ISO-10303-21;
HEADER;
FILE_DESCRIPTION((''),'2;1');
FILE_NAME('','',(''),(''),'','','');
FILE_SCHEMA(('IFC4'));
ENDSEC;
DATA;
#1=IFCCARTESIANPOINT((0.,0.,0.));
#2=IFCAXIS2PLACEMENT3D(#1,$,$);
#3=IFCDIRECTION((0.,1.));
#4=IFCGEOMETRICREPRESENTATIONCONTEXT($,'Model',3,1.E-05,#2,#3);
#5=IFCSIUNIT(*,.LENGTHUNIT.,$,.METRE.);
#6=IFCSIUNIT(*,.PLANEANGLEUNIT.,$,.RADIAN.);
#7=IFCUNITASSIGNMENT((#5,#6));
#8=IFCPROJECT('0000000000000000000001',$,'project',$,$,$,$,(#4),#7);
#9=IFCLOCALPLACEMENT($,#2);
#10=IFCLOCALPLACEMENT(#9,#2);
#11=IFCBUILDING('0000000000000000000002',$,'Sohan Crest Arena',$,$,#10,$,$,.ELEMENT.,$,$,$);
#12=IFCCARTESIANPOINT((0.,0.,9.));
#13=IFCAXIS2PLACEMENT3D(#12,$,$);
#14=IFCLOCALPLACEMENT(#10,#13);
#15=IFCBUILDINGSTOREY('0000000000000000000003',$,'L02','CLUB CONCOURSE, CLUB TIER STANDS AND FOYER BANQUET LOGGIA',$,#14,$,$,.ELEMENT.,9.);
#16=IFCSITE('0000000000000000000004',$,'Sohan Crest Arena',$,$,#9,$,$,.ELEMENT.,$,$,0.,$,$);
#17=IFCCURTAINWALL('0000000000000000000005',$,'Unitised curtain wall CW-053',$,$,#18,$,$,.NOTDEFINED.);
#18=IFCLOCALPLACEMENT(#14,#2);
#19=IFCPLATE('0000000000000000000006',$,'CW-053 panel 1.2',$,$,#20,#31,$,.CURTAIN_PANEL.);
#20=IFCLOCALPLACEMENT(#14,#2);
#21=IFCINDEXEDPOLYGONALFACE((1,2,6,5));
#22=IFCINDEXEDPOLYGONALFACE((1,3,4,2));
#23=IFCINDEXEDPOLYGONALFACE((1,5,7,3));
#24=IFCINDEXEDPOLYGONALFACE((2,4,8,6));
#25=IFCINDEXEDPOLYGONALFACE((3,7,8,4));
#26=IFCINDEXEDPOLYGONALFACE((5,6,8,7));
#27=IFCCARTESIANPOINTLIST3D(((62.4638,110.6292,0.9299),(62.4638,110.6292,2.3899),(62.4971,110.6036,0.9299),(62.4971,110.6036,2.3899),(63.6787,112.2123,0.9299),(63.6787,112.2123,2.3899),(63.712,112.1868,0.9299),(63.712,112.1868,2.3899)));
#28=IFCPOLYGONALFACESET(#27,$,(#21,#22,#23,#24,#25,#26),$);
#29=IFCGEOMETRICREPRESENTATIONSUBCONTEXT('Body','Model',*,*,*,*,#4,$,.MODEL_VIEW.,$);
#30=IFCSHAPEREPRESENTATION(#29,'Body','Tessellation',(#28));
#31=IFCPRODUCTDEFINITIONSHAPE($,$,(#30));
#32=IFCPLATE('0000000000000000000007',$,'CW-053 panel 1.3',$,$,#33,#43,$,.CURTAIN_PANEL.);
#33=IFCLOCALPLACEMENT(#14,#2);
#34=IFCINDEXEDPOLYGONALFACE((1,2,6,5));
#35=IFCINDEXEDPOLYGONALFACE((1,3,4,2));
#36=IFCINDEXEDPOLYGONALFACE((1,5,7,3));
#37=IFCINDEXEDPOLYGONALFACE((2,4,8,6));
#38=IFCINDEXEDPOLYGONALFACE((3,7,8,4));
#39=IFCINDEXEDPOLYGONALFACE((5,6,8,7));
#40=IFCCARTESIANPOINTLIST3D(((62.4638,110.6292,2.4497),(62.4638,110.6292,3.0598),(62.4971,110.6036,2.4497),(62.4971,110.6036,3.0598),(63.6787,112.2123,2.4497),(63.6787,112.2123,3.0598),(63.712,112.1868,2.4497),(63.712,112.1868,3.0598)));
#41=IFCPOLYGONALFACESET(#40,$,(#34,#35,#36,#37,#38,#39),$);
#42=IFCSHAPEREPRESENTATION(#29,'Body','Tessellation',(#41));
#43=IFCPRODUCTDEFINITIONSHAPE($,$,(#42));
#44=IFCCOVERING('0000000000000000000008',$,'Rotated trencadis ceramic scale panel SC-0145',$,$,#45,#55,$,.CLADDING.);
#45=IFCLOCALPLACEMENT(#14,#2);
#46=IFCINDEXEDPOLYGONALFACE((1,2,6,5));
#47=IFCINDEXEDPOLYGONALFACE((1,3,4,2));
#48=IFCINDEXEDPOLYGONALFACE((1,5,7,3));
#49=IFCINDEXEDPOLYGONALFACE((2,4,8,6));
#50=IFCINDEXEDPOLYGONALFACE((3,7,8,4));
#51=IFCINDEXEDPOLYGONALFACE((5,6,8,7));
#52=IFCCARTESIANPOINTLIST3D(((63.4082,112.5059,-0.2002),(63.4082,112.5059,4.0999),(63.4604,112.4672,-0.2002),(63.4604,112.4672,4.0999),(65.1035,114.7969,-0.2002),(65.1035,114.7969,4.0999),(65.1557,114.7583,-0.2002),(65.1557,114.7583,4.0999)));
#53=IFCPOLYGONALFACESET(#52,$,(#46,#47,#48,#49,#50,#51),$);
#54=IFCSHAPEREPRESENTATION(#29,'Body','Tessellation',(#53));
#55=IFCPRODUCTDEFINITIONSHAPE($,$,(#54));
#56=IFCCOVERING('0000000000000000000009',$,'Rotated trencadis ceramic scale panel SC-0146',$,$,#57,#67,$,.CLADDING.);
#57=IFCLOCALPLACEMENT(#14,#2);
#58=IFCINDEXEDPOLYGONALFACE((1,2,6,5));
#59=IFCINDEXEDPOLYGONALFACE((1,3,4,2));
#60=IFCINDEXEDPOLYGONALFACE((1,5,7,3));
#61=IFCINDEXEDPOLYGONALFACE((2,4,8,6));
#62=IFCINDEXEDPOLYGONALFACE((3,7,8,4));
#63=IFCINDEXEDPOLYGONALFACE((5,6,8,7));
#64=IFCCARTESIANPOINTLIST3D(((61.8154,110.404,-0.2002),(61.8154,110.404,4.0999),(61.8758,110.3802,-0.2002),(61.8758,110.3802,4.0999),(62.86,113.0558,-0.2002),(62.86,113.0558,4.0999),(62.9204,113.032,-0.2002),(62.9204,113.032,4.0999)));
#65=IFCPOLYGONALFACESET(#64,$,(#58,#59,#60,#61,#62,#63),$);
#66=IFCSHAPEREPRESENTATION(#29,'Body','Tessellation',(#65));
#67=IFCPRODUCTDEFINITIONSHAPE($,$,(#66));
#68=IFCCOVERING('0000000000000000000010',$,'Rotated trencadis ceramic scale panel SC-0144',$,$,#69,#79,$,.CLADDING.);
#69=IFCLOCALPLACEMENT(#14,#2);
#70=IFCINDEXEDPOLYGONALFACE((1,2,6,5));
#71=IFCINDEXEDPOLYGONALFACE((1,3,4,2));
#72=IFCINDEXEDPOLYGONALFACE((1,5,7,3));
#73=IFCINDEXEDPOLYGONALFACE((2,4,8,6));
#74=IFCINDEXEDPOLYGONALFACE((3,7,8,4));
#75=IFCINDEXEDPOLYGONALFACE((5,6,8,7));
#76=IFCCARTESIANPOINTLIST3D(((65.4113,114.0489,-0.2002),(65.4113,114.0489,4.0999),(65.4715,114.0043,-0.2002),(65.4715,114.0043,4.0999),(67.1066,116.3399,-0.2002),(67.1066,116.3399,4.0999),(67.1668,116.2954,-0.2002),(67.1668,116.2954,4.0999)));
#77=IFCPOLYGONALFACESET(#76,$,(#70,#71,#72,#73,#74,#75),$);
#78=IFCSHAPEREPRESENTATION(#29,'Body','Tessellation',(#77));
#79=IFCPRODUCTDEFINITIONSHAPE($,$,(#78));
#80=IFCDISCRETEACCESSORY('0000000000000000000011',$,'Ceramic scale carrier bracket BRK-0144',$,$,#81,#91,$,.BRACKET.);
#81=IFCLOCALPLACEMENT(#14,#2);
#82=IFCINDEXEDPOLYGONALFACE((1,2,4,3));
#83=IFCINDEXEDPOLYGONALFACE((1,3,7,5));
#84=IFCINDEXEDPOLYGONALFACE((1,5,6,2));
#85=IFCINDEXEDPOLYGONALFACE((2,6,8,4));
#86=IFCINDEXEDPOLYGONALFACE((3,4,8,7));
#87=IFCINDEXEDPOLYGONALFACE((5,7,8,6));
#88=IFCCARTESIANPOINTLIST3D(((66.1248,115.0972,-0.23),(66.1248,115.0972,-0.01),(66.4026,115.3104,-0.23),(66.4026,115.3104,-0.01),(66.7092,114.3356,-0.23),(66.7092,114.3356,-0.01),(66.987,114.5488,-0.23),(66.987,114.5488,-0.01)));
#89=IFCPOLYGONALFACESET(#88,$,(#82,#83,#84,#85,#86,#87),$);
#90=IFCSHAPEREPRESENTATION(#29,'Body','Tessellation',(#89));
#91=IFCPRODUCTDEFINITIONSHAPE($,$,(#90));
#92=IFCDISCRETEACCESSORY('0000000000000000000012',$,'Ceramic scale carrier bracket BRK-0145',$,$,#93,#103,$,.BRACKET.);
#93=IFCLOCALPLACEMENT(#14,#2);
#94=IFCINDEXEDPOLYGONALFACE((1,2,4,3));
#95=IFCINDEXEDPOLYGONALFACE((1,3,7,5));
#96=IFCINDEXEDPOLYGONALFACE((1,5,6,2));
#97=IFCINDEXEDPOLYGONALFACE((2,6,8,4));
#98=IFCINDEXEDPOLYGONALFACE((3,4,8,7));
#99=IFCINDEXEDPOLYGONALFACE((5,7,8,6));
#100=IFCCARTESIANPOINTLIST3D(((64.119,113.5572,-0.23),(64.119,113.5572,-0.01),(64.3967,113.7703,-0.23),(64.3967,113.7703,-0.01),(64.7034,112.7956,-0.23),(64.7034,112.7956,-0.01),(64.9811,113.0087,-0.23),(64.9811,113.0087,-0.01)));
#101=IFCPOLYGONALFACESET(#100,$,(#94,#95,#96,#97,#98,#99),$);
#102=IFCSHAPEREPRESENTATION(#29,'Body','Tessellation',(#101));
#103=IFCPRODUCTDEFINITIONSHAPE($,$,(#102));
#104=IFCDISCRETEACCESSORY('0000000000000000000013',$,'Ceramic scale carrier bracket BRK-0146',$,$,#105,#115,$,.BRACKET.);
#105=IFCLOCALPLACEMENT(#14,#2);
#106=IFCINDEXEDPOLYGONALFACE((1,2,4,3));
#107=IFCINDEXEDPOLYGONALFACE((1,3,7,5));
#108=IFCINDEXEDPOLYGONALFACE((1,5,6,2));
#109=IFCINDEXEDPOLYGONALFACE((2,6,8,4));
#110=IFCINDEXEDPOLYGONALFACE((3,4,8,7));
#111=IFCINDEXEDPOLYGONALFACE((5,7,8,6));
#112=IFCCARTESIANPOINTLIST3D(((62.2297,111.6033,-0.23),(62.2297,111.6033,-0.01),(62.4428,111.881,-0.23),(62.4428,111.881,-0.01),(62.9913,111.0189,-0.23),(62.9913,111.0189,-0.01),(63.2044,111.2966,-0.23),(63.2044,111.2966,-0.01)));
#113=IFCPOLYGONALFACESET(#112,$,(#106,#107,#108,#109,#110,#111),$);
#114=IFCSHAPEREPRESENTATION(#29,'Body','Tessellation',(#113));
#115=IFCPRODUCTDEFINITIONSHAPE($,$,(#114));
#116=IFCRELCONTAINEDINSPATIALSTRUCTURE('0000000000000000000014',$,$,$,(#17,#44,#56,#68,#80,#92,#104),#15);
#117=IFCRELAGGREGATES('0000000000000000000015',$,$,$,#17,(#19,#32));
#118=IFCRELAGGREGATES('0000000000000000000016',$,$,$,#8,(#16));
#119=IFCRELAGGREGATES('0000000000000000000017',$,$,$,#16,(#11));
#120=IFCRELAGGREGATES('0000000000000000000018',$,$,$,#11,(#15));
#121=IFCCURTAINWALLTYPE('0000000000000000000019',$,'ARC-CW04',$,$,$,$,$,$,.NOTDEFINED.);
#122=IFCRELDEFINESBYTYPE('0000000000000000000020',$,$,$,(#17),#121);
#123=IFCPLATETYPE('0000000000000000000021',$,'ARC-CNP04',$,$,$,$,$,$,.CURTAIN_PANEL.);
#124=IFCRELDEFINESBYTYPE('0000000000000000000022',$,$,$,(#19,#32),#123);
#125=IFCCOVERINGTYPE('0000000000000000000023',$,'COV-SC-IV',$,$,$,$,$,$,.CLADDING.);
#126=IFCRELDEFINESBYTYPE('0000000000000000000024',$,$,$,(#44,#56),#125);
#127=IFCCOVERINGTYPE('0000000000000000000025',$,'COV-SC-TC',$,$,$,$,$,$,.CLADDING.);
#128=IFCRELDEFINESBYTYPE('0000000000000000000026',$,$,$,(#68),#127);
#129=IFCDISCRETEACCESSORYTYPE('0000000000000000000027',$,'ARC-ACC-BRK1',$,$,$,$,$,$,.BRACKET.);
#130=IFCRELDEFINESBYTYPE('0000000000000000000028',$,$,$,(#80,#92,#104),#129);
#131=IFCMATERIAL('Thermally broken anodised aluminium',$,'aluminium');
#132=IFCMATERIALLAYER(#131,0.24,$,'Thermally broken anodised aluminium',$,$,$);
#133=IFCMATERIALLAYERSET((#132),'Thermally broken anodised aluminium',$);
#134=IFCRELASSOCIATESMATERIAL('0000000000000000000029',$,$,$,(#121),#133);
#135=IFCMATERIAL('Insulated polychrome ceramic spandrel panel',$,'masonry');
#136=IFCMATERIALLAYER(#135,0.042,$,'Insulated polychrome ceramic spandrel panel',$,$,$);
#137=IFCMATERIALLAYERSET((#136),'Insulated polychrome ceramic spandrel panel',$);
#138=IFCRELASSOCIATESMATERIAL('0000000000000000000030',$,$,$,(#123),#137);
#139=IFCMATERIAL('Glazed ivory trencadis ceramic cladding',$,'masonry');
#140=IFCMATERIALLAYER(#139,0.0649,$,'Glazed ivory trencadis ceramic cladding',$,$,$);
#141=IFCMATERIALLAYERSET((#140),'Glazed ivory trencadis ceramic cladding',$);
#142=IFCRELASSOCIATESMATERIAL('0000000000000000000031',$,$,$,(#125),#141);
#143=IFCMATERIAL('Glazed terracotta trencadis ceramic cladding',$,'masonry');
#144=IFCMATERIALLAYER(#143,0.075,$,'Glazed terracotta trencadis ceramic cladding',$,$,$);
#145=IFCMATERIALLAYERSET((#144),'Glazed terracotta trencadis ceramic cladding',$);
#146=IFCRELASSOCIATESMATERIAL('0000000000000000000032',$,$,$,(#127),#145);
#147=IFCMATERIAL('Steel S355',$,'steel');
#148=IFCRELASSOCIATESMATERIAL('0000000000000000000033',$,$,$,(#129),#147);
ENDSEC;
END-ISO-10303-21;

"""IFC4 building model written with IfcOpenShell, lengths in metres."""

from ifc_helpers import new_model, si_unit, direction, frame, origin, origin_2d, place, context, subcontext, project, spatial, rectangle, extrude, material, layer, layer_set, type_object, element, aggregate, save


model = new_model("IFC4")

# Units and contexts
model_context = context("Model", 3, precision=1e-05, world=origin(), true_north=direction((0.0, 1.0)))
body_context = subcontext(model_context, "Body", "Model", "MODEL_VIEW")
ifc_project = project(units=[si_unit("LENGTHUNIT", "METRE"), si_unit("PLANEANGLEUNIT", "RADIAN")], contexts=[model_context])

# Site, building, storey
site_placement = place(None, origin())
site = spatial("IfcSite", under=ifc_project, at=site_placement, Name="Sohan Crest Arena", CompositionType="ELEMENT", RefElevation=0.0)
building_placement = place(site_placement, origin())
building = spatial("IfcBuilding", under=site, at=building_placement, Name="Sohan Crest Arena", CompositionType="ELEMENT")
storey_placement = place(building_placement, frame((0.0, 0.0, 9.0)))
storey = spatial("IfcBuildingStorey", under=building, at=storey_placement, Name="L02", Description="CLUB CONCOURSE, CLUB TIER STANDS AND FOYER BANQUET LOGGIA", CompositionType="ELEMENT", Elevation=9.0)

# Shared definitions
ifc_material_1 = material(Name="Steel S355", Category="steel")

# Curtain wall
ifc_material_2 = material(Name="Thermally broken anodised aluminium", Category="aluminium")
ifc_layer_1 = layer(ifc_material_2, 0.24, Name="Thermally broken anodised aluminium")
ifc_layer_set_1 = layer_set([ifc_layer_1], Name="Thermally broken anodised aluminium")
curtain_wall_type_1 = type_object("IfcCurtainWallType", Name="ARC-CW04", PredefinedType="NOTDEFINED", material=ifc_layer_set_1)
curtain_wall_1_placement = place(storey_placement, origin())
curtain_wall_1 = element("IfcCurtainWall", 1, at=curtain_wall_1_placement, inside=storey, type_object=curtain_wall_type_1, Name="Unitised curtain wall CW-053", PredefinedType="NOTDEFINED")

# Plates
ifc_material_3 = material(Name="Insulated polychrome ceramic spandrel panel", Category="masonry")
ifc_layer_2 = layer(ifc_material_3, 0.042, Name="Insulated polychrome ceramic spandrel panel")
ifc_layer_set_2 = layer_set([ifc_layer_2], Name="Insulated polychrome ceramic spandrel panel")
plate_type_1 = type_object("IfcPlateType", Name="ARC-CNP04", PredefinedType="CURTAIN_PANEL", material=ifc_layer_set_2)
plate_1_placement = place(storey_placement, frame((63.0879, 111.408, 0.9299), z_axis=(0.0, 0.0, 1.0), x_axis=(-0.608793, -0.793329, 0.0)))
plate_1 = element("IfcPlate", 2, at=plate_1_placement, type_object=plate_type_1, Name="CW-053 panel 1.2", PredefinedType="CURTAIN_PANEL", context=body_context, shape_type="SweptSolid", body=[
    extrude(rectangle(XDim=1.9956, YDim=0.042, at=origin_2d()), origin(), (0.0, 0.0, 1.0), 1.46),
])
plate_2_placement = place(storey_placement, frame((63.0879, 111.408, 2.4497), z_axis=(0.0, 0.0, 1.0), x_axis=(-0.608793, -0.793329, 0.0)))
plate_2 = element("IfcPlate", 3, at=plate_2_placement, type_object=plate_type_1, Name="CW-053 panel 1.3", PredefinedType="CURTAIN_PANEL", context=body_context, shape_type="SweptSolid", body=[
    extrude(rectangle(XDim=1.9956, YDim=0.042, at=origin_2d()), origin(), (0.0, 0.0, 1.0), 0.6101),
])
aggregate(curtain_wall_1, [plate_1, plate_2])

# Coverings
ifc_material_4 = material(Name="Glazed ivory trencadis ceramic cladding", Category="masonry")
ifc_layer_3 = layer(ifc_material_4, 0.0649, Name="Glazed ivory trencadis ceramic cladding")
ifc_layer_set_3 = layer_set([ifc_layer_3], Name="Glazed ivory trencadis ceramic cladding")
covering_type_1 = type_object("IfcCoveringType", Name="COV-SC-IV", PredefinedType="CLADDING", material=ifc_layer_set_3)
for number, where, z_axis, x_axis, name in (
    (4, (64.282, 113.6321, -0.2002), (0.0, 0.0, 1.0), (-0.594823, -0.803857, 0.0), "Rotated trencadis ceramic scale panel SC-0145"),
    (5, (62.3679, 111.718, -0.2002), (0.0, 0.0, 1.0), (-0.366501, -0.930418, 0.0), "Rotated trencadis ceramic scale panel SC-0146"),
):
    element("IfcCovering", number, at=place(storey_placement, frame(where, z_axis=z_axis, x_axis=x_axis)), inside=storey, type_object=covering_type_1, Name=name, PredefinedType="CLADDING", context=body_context, shape_type="SweptSolid", body=[
        extrude(rectangle(XDim=2.8501, YDim=0.0649, at=origin_2d()), origin(), (0.0, 0.0, 1.0), 4.3),
    ])
ifc_material_5 = material(Name="Glazed terracotta trencadis ceramic cladding", Category="masonry")
ifc_layer_4 = layer(ifc_material_5, 0.075, Name="Glazed terracotta trencadis ceramic cladding")
ifc_layer_set_4 = layer_set([ifc_layer_4], Name="Glazed terracotta trencadis ceramic cladding")
covering_type_2 = type_object("IfcCoveringType", Name="COV-SC-TC", PredefinedType="CLADDING", material=ifc_layer_set_4)
covering_placement = place(storey_placement, frame((66.2891, 115.1721, -0.2002), z_axis=(0.0, 0.0, 1.0), x_axis=(-0.594823, -0.803857, 0.0)))
element("IfcCovering", 6, at=covering_placement, inside=storey, type_object=covering_type_2, Name="Rotated trencadis ceramic scale panel SC-0144", PredefinedType="CLADDING", context=body_context, shape_type="SweptSolid", body=[
    extrude(rectangle(XDim=2.8501, YDim=0.075, at=origin_2d()), origin(), (0.0, 0.0, 1.0), 4.3),
])

# Discrete accessories
discrete_accessory_type = type_object("IfcDiscreteAccessoryType", Name="ARC-ACC-BRK1", PredefinedType="BRACKET", material=ifc_material_1)
for number, where, z_axis, x_axis, name in (
    (7, (66.5559, 114.823, -0.23), (0.0, 0.0, 1.0), (-0.793353, -0.608761, 0.0), "Ceramic scale carrier bracket BRK-0144"),
    (8, (64.55, 113.283, -0.23), (0.0, 0.0, 1.0), (-0.793353, -0.608761, 0.0), "Ceramic scale carrier bracket BRK-0145"),
    (9, (62.717, 111.45, -0.23), (0.0, 0.0, 1.0), (-0.608761, -0.793353, 0.0), "Ceramic scale carrier bracket BRK-0146"),
):
    element("IfcDiscreteAccessory", number, at=place(storey_placement, frame(where, z_axis=z_axis, x_axis=x_axis)), inside=storey, type_object=discrete_accessory_type, Name=name, PredefinedType="BRACKET", context=body_context, shape_type="SweptSolid", body=[
        extrude(rectangle(XDim=0.3501, YDim=0.96, at=origin_2d()), origin(), (0.0, 0.0, 1.0), 0.22),
    ])

save(model, "model.ifc")
